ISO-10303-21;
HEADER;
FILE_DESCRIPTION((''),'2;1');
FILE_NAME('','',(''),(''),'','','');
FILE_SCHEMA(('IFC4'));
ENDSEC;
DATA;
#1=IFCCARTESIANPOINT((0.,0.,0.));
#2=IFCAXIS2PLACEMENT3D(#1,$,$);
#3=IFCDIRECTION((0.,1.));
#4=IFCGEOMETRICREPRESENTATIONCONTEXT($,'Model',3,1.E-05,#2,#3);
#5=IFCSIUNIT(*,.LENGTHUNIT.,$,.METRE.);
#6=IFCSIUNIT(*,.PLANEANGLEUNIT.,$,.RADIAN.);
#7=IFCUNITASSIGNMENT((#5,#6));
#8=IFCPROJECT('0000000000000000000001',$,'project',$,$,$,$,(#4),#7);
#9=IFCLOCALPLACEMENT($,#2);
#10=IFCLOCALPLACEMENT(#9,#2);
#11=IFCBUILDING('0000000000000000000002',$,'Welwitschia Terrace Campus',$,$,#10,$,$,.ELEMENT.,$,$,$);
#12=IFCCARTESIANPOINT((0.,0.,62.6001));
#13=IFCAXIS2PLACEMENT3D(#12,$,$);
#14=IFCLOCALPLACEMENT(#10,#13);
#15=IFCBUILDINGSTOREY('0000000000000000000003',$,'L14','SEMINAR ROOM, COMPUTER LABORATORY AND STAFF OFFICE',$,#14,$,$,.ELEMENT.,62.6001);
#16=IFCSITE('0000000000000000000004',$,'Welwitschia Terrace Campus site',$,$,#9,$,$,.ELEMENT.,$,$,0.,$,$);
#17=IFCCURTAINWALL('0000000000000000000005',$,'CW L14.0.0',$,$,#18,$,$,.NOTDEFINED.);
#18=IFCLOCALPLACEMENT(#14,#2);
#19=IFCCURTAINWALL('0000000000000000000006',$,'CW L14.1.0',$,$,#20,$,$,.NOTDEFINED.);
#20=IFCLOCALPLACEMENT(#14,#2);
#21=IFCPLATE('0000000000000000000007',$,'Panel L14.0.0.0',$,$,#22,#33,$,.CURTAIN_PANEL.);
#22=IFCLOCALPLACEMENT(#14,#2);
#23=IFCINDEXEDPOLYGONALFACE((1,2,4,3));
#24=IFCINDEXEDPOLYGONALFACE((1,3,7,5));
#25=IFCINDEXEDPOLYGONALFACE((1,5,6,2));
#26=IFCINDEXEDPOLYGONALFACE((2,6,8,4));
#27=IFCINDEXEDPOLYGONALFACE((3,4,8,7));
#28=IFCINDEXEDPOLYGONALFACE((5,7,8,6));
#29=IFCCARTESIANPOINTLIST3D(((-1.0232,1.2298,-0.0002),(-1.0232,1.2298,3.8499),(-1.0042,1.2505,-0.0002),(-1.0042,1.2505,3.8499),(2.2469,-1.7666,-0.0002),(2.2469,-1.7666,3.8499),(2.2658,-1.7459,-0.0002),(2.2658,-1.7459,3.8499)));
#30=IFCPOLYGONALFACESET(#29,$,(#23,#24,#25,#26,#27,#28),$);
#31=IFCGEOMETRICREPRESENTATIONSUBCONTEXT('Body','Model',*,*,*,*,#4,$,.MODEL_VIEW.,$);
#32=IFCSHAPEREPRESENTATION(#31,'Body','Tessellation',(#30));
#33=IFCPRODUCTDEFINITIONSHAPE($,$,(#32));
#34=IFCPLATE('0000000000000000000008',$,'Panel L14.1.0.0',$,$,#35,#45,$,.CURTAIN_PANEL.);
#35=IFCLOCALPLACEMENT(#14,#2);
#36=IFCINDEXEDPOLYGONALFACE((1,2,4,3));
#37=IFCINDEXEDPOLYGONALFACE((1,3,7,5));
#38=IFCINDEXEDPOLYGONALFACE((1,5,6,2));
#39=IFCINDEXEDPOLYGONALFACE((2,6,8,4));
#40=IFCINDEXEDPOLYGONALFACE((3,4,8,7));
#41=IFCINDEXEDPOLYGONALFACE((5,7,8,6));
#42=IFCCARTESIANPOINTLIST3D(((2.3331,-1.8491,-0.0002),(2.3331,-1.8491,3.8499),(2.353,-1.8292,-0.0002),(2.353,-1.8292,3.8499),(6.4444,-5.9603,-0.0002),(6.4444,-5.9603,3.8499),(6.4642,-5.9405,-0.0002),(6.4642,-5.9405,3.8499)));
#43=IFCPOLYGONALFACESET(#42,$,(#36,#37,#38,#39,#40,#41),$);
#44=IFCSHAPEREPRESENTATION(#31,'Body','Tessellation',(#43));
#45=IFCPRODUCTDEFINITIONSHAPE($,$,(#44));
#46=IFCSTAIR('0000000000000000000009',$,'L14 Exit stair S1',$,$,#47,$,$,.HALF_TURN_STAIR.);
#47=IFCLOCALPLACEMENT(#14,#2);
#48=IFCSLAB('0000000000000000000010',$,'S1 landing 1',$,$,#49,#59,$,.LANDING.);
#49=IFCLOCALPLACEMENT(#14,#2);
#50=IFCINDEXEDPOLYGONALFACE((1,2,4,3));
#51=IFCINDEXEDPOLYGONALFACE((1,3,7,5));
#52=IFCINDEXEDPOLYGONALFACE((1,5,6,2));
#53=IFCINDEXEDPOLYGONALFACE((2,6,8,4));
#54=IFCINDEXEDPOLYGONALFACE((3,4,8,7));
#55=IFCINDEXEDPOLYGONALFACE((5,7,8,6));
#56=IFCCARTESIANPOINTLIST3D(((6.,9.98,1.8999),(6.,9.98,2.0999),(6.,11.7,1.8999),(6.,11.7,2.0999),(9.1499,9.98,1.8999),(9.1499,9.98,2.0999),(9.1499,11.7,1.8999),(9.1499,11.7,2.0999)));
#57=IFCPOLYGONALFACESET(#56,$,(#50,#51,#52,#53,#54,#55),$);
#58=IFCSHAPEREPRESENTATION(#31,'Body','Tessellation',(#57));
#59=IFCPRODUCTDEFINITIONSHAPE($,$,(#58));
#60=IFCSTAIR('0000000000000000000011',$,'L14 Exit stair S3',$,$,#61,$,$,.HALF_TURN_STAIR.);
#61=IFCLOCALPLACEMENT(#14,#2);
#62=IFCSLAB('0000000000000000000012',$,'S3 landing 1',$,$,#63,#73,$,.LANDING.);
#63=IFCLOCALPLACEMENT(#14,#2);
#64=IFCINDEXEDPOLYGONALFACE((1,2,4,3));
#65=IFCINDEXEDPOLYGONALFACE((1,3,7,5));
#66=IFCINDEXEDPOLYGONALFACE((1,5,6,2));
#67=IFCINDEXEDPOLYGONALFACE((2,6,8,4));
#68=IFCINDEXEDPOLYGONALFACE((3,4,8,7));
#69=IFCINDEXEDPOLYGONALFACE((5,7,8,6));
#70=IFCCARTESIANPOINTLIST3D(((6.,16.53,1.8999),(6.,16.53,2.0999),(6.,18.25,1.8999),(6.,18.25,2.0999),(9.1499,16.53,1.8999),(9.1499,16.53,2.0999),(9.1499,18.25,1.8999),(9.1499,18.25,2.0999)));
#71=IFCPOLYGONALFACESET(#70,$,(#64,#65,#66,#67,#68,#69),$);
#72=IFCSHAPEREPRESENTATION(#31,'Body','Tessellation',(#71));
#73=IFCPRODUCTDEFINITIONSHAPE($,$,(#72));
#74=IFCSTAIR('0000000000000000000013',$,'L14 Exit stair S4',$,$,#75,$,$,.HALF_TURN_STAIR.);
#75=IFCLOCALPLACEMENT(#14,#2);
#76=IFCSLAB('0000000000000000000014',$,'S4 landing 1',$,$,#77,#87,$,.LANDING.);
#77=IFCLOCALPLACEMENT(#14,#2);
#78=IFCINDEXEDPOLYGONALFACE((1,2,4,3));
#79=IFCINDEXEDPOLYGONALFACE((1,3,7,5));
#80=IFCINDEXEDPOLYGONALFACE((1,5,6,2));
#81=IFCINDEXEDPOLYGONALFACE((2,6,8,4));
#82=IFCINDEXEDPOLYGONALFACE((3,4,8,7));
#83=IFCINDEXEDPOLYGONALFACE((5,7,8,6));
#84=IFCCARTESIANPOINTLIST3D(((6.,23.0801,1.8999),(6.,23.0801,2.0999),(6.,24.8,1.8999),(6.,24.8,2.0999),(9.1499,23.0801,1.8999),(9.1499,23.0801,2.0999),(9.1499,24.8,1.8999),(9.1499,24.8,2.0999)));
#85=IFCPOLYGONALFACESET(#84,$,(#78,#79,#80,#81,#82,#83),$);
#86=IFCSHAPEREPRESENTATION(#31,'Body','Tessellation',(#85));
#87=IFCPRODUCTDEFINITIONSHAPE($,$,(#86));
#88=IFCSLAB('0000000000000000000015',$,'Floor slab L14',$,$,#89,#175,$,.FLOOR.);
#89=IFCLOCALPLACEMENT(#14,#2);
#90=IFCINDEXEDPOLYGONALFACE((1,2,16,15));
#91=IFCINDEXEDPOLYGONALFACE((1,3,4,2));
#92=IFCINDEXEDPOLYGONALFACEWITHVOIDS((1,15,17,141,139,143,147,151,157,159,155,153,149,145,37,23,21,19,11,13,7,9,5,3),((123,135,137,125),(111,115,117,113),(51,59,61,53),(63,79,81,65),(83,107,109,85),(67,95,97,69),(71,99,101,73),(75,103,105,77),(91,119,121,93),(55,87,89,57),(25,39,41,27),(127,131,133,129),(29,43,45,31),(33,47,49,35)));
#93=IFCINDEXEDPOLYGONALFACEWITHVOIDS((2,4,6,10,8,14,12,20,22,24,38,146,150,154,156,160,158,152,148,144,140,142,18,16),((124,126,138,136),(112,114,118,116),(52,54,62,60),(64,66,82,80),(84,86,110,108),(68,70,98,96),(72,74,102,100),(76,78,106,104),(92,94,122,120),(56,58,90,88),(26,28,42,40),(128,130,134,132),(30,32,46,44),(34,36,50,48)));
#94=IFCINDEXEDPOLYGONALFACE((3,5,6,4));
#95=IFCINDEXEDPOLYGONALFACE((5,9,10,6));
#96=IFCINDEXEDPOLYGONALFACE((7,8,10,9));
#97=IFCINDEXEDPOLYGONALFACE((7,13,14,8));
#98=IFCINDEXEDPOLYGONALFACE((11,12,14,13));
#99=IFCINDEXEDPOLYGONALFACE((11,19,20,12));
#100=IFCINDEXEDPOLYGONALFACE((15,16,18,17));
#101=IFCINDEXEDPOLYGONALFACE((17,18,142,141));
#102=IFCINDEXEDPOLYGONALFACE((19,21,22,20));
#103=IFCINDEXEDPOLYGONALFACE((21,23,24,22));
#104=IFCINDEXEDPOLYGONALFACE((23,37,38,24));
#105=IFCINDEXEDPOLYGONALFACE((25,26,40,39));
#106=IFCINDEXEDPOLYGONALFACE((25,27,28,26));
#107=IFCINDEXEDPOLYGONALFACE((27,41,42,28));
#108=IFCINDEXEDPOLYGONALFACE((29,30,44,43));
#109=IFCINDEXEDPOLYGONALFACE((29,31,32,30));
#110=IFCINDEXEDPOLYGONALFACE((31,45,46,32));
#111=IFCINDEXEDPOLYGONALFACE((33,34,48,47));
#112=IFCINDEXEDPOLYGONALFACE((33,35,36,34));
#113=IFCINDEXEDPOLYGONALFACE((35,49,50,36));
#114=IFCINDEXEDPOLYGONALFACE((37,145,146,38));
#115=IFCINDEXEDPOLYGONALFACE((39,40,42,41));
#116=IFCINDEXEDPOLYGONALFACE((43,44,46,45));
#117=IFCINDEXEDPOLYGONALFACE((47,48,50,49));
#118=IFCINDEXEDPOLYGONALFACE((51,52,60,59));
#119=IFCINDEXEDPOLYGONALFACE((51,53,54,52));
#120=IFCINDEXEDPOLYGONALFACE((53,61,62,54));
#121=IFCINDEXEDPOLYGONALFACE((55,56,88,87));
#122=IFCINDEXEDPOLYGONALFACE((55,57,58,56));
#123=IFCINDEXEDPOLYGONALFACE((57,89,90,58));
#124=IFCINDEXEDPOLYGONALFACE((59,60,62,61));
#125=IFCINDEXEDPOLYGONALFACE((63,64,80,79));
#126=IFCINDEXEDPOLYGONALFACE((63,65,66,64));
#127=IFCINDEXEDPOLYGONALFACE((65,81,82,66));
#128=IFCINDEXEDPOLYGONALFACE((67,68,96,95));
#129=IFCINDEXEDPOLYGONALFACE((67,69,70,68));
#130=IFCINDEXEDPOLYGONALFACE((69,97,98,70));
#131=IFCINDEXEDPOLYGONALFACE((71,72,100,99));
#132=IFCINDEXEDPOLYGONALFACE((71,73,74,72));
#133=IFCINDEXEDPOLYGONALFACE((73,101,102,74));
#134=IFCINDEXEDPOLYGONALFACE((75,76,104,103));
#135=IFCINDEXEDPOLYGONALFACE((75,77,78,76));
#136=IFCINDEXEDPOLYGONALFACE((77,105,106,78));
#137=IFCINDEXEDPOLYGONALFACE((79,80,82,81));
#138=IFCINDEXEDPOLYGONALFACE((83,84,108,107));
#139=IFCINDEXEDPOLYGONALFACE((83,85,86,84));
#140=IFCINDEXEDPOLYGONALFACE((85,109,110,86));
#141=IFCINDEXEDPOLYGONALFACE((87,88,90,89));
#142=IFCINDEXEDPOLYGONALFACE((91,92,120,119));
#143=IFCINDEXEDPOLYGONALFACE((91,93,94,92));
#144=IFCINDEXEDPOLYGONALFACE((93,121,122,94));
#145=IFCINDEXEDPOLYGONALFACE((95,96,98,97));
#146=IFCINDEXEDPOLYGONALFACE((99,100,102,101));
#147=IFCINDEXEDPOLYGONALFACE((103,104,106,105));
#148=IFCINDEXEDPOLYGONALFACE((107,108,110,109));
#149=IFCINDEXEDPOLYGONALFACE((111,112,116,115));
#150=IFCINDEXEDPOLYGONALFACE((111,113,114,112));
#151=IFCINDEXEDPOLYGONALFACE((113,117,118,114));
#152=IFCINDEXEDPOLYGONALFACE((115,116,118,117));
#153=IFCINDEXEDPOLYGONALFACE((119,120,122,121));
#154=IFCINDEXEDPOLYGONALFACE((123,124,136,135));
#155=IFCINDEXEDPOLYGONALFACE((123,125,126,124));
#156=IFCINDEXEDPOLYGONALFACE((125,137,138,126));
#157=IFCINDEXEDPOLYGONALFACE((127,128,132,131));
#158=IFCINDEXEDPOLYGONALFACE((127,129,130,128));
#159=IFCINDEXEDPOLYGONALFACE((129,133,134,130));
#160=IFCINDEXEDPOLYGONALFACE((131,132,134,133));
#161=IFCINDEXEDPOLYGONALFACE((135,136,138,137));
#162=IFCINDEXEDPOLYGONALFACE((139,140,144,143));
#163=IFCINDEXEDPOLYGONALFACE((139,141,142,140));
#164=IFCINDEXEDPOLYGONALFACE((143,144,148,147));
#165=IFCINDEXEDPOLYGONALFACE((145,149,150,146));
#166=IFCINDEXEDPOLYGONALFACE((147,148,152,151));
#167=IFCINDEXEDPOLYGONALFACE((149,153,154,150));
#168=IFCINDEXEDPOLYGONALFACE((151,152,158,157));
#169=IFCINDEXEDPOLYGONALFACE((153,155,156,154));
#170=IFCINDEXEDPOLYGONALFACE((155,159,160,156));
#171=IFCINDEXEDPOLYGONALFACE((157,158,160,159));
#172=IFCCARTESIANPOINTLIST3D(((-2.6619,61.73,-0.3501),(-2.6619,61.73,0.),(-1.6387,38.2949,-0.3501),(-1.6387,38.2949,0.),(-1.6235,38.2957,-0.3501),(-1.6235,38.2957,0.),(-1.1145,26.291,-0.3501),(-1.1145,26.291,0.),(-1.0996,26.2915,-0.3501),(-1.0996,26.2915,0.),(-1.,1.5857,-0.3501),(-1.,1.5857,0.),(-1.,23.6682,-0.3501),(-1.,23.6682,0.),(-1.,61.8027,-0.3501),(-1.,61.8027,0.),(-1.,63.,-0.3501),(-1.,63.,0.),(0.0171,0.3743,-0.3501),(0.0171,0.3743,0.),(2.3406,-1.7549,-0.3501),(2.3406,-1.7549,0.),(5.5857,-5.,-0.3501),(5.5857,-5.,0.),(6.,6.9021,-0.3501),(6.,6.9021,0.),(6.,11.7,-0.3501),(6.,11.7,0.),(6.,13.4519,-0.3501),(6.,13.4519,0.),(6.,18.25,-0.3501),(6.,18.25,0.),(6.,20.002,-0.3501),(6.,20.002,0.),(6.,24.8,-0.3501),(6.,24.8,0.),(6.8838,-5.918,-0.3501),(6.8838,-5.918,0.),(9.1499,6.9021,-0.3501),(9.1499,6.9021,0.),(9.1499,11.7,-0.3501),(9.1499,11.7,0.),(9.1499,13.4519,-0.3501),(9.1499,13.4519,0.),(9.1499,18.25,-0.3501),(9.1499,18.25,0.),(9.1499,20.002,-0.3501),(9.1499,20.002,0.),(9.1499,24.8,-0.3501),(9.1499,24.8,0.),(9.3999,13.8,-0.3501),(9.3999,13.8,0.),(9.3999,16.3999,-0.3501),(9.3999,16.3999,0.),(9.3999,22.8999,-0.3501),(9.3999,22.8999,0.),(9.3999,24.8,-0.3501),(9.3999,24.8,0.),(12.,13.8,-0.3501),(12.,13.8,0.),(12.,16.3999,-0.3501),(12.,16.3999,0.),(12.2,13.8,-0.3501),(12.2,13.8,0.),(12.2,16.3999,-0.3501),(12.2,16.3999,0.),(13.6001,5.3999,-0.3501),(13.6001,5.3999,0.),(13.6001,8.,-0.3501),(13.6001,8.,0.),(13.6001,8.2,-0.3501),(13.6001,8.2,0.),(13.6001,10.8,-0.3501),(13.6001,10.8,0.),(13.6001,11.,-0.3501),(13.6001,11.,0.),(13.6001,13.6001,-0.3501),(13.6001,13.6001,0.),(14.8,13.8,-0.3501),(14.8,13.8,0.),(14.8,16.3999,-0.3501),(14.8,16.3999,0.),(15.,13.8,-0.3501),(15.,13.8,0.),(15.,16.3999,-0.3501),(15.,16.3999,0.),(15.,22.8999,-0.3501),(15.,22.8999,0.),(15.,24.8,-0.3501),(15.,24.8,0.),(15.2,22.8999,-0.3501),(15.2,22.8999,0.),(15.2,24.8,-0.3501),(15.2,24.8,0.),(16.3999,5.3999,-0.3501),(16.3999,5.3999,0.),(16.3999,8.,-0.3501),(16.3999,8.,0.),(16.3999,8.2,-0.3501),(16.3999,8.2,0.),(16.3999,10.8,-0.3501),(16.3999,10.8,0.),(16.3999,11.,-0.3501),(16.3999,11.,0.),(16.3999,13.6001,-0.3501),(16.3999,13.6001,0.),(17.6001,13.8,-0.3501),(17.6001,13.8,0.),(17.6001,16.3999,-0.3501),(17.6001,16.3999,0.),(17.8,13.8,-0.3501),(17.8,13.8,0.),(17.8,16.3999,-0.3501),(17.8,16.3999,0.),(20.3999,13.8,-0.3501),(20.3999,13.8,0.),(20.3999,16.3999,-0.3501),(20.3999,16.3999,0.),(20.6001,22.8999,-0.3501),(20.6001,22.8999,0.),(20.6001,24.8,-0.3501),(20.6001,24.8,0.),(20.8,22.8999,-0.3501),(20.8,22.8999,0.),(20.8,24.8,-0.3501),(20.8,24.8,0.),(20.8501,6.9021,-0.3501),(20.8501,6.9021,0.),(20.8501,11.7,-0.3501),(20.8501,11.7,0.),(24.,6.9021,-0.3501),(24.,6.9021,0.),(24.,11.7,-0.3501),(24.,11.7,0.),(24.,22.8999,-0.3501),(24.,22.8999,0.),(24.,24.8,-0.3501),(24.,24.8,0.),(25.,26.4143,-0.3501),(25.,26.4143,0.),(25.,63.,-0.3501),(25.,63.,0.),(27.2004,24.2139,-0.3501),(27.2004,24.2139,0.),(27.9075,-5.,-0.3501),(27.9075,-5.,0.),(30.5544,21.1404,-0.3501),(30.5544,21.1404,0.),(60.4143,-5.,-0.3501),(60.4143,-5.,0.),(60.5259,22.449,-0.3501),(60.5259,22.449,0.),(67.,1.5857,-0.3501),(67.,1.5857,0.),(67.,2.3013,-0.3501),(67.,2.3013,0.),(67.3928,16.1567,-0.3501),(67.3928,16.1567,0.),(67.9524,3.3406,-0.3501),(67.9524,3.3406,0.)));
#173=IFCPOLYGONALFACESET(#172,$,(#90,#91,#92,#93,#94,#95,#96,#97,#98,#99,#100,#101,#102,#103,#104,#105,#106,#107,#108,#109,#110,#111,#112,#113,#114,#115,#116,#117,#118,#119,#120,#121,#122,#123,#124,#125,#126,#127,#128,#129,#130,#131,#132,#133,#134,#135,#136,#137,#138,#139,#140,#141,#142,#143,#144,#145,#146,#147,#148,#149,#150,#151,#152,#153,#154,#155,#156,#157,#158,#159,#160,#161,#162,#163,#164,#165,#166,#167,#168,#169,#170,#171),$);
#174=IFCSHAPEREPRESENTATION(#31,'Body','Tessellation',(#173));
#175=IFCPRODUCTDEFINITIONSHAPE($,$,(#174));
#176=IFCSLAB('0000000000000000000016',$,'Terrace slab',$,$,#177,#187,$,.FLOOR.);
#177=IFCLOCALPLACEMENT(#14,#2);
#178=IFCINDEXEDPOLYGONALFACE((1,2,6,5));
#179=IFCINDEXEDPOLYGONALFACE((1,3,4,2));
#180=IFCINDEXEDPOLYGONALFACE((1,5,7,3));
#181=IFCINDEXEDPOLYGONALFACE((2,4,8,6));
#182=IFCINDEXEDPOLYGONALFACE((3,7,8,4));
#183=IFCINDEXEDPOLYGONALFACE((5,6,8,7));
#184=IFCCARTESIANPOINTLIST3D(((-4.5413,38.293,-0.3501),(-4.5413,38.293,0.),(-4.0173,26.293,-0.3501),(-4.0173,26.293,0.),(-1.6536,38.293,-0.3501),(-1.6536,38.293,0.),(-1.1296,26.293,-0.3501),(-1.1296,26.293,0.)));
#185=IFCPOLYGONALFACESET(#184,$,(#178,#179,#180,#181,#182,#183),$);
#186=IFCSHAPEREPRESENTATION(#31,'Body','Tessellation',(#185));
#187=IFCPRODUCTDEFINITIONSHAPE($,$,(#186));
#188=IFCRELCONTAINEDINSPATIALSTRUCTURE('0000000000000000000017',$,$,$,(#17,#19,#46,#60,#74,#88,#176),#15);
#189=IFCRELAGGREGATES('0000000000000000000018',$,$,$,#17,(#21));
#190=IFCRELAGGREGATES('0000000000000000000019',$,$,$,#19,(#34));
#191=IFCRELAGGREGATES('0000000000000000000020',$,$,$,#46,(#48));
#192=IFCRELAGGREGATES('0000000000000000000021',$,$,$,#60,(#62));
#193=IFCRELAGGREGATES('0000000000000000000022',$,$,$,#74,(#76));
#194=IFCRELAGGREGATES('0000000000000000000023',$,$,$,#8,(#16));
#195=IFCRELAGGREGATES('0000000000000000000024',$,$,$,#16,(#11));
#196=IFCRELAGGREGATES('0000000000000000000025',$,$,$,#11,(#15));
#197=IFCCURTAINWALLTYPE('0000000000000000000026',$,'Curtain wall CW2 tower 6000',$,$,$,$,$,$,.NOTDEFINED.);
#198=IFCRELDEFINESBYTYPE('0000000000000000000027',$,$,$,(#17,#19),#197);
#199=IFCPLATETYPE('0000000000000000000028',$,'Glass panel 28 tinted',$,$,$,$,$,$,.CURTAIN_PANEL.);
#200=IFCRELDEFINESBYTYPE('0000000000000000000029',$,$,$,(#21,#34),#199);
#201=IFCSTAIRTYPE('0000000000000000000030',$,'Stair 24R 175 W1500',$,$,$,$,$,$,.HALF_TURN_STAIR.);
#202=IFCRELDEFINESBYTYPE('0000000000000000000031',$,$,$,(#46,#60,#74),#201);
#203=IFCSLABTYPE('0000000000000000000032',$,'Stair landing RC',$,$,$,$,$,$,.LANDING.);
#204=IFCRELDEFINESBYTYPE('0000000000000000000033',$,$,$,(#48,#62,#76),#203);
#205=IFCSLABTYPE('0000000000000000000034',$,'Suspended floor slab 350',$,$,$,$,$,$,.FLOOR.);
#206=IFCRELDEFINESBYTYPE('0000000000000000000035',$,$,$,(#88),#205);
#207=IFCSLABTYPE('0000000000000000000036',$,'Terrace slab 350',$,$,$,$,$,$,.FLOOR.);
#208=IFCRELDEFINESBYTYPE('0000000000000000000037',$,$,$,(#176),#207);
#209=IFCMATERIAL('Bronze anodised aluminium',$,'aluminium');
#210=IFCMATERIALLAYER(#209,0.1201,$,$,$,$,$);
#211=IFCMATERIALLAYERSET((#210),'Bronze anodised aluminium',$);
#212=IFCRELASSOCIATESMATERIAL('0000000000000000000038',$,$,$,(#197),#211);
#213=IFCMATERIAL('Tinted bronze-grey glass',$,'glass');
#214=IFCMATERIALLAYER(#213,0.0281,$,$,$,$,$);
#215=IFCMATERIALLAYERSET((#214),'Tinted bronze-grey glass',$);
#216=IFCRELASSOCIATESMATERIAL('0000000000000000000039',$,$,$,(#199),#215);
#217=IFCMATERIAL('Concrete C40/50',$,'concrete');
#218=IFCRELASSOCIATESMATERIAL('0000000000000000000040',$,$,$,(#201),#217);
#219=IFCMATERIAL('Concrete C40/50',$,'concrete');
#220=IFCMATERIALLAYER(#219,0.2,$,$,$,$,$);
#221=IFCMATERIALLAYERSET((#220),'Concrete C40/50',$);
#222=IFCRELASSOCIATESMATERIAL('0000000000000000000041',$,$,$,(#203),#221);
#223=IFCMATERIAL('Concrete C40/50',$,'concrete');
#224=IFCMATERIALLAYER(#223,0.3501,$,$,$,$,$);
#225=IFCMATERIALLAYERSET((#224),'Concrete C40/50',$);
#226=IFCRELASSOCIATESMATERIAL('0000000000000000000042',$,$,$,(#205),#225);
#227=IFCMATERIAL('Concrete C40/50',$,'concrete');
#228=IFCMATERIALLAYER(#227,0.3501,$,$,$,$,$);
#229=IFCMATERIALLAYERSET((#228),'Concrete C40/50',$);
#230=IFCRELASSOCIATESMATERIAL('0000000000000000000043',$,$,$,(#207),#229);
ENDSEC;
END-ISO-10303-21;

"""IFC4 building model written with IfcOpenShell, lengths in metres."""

from ifc_helpers import new_model, si_unit, direction, frame, origin, origin_2d, place, context, subcontext, project, spatial, polyline, rectangle, outline, extrude, material, layer, layer_set, type_object, element, aggregate, save


model = new_model("IFC4")

# Units and contexts
model_context = context("Model", 3, precision=1e-05, world=origin(), true_north=direction((0.0, 1.0)))
body_context = subcontext(model_context, "Body", "Model", "MODEL_VIEW")
ifc_project = project(units=[si_unit("LENGTHUNIT", "METRE"), si_unit("PLANEANGLEUNIT", "RADIAN")], contexts=[model_context])

# Site, building, storey
site_placement = place(None, origin())
site = spatial("IfcSite", under=ifc_project, at=site_placement, Name="Welwitschia Terrace Campus site", CompositionType="ELEMENT", RefElevation=0.0)
building_placement = place(site_placement, origin())
building = spatial("IfcBuilding", under=site, at=building_placement, Name="Welwitschia Terrace Campus", CompositionType="ELEMENT")
storey_placement = place(building_placement, frame((0.0, 0.0, 62.6001)))
storey = spatial("IfcBuildingStorey", under=building, at=storey_placement, Name="L14", Description="SEMINAR ROOM, COMPUTER LABORATORY AND STAFF OFFICE", CompositionType="ELEMENT", Elevation=62.6001)

# Curtain wall
ifc_material_1 = material(Name="Bronze anodised aluminium", Category="aluminium")
ifc_layer_1 = layer(ifc_material_1, 0.1201)
ifc_layer_set_1 = layer_set([ifc_layer_1], Name="Bronze anodised aluminium")
curtain_wall_type = type_object("IfcCurtainWallType", Name="Curtain wall CW2 tower 6000", PredefinedType="NOTDEFINED", material=ifc_layer_set_1)
curtain_wall_1_placement = place(storey_placement, origin())
curtain_wall_1 = element("IfcCurtainWall", 1, at=curtain_wall_1_placement, inside=storey, type_object=curtain_wall_type, Name="CW L14.0.0", PredefinedType="NOTDEFINED")

# Curtain wall
curtain_wall_2_placement = place(storey_placement, origin())
curtain_wall_2 = element("IfcCurtainWall", 2, at=curtain_wall_2_placement, inside=storey, type_object=curtain_wall_type, Name="CW L14.1.0", PredefinedType="NOTDEFINED")

# Plates
ifc_material_2 = material(Name="Tinted bronze-grey glass", Category="glass")
ifc_layer_2 = layer(ifc_material_2, 0.0281)
ifc_layer_set_2 = layer_set([ifc_layer_2], Name="Tinted bronze-grey glass")
plate_type = type_object("IfcPlateType", Name="Glass panel 28 tinted", PredefinedType="CURTAIN_PANEL", material=ifc_layer_set_2)
plate_1_placement = place(storey_placement, frame((0.6213, -0.2581, -0.0002), z_axis=(0.0, 0.0, 1.0), x_axis=(0.737277, -0.67559, 0.0)))
plate_1 = element("IfcPlate", 3, at=plate_1_placement, type_object=plate_type, Name="Panel L14.0.0.0", PredefinedType="CURTAIN_PANEL", context=body_context, shape_type="SweptSolid", body=[
    extrude(rectangle(XDim=4.4353, YDim=0.0281, at=origin_2d()), origin(), (0.0, 0.0, 1.0), 3.8501),
])
aggregate(curtain_wall_1, [plate_1])
plate_2_placement = place(storey_placement, frame((4.3987, -3.8948, -0.0002), z_axis=(0.0, 0.0, 1.0), x_axis=(0.707107, -0.707107, 0.0)))
plate_2 = element("IfcPlate", 4, at=plate_2_placement, type_object=plate_type, Name="Panel L14.1.0.0", PredefinedType="CURTAIN_PANEL", context=body_context, shape_type="SweptSolid", body=[
    extrude(rectangle(XDim=5.8142, YDim=0.0281, at=origin_2d()), origin(), (0.0, 0.0, 1.0), 3.8501),
])
aggregate(curtain_wall_2, [plate_2])

# Stairs, slabs
ifc_material_3 = material(Name="Concrete C40/50", Category="concrete")
stair_type = type_object("IfcStairType", Name="Stair 24R 175 W1500", PredefinedType="HALF_TURN_STAIR", material=ifc_material_3)
stair_1_placement = place(storey_placement, origin())
stair_1 = element("IfcStair", 5, at=stair_1_placement, inside=storey, type_object=stair_type, Name="L14 Exit stair S1", PredefinedType="HALF_TURN_STAIR")
ifc_material_4 = material(Name="Concrete C40/50", Category="concrete")
ifc_layer_3 = layer(ifc_material_4, 0.2)
ifc_layer_set_3 = layer_set([ifc_layer_3], Name="Concrete C40/50")
slab_type_1 = type_object("IfcSlabType", Name="Stair landing RC", PredefinedType="LANDING", material=ifc_layer_set_3)
slab_1_placement = place(storey_placement, frame((0.0, 0.0, 1.8999)))
slab_1 = element("IfcSlab", 6, at=slab_1_placement, type_object=slab_type_1, Name="S1 landing 1", PredefinedType="LANDING", context=body_context, shape_type="SweptSolid", body=[
    extrude(outline(polyline([(9.1499, 9.98), (9.1499, 11.7), (6.0, 11.7), (6.0, 9.98), (9.1499, 9.98)])), origin(), (0.0, 0.0, 1.0), 0.2),
])
aggregate(stair_1, [slab_1])
stair_2_placement = place(storey_placement, origin())
stair_2 = element("IfcStair", 7, at=stair_2_placement, inside=storey, type_object=stair_type, Name="L14 Exit stair S3", PredefinedType="HALF_TURN_STAIR")
slab_2_placement = place(storey_placement, frame((0.0, 0.0, 1.8999)))
slab_2 = element("IfcSlab", 8, at=slab_2_placement, type_object=slab_type_1, Name="S3 landing 1", PredefinedType="LANDING", context=body_context, shape_type="SweptSolid", body=[
    extrude(outline(polyline([(9.1499, 16.53), (9.1499, 18.25), (6.0, 18.25), (6.0, 16.53), (9.1499, 16.53)])), origin(), (0.0, 0.0, 1.0), 0.2),
])
aggregate(stair_2, [slab_2])
stair_3_placement = place(storey_placement, origin())
stair_3 = element("IfcStair", 9, at=stair_3_placement, inside=storey, type_object=stair_type, Name="L14 Exit stair S4", PredefinedType="HALF_TURN_STAIR")
slab_3_placement = place(storey_placement, frame((0.0, 0.0, 1.8999)))
slab_3 = element("IfcSlab", 10, at=slab_3_placement, type_object=slab_type_1, Name="S4 landing 1", PredefinedType="LANDING", context=body_context, shape_type="SweptSolid", body=[
    extrude(outline(polyline([(9.1499, 23.0801), (9.1499, 24.8), (6.0, 24.8), (6.0, 23.0801), (9.1499, 23.0801)])), origin(), (0.0, 0.0, 1.0), 0.2),
])
aggregate(stair_3, [slab_3])

# Slabs
ifc_material_5 = material(Name="Concrete C40/50", Category="concrete")
ifc_layer_4 = layer(ifc_material_5, 0.3501)
ifc_layer_set_4 = layer_set([ifc_layer_4], Name="Concrete C40/50")
slab_type_2 = type_object("IfcSlabType", Name="Suspended floor slab 350", PredefinedType="FLOOR", material=ifc_layer_set_4)
slab_4_placement = place(storey_placement, frame((0.0, 0.0, -0.3501)))
element("IfcSlab", 11, at=slab_4_placement, inside=storey, type_object=slab_type_2, Name="Floor slab L14", PredefinedType="FLOOR", context=body_context, shape_type="SweptSolid", body=[
    extrude(outline(polyline([(-1.1145, 26.291), (-1.0996, 26.2915), (-1.6235, 38.2957), (-1.6387, 38.2949), (-2.6619, 61.73), (-1.0, 61.8027), (-1.0, 63.0), (25.0, 63.0), (25.0, 26.4143), (27.2004, 24.2139), (30.5544, 21.1404), (60.5259, 22.449), (67.3928, 16.1567), (67.9524, 3.3406), (67.0, 2.3013), (67.0, 1.5857), (60.4143, -5.0), (27.9075, -5.0), (6.8838, -5.918), (5.5857, -5.0), (2.3406, -1.7549), (0.0171, 0.3743), (-1.0, 1.5857), (-1.0, 23.6682), (-1.1145, 26.291)]), holes=[polyline([(13.6001, 5.3999), (16.3999, 5.3999), (16.3999, 8.0), (13.6001, 8.0), (13.6001, 5.3999)]), polyline([(6.0, 11.7), (6.0, 6.9021), (9.1499, 6.9021), (9.1499, 11.7), (6.0, 11.7)]), polyline([(9.3999, 16.3999), (9.3999, 13.8), (12.0, 13.8), (12.0, 16.3999), (9.3999, 16.3999)]), polyline([(12.2, 16.3999), (12.2, 13.8), (14.8, 13.8), (14.8, 16.3999), (12.2, 16.3999)]), polyline([(6.0, 18.25), (6.0, 13.4519), (9.1499, 13.4519), (9.1499, 18.25), (6.0, 18.25)]), polyline([(6.0, 24.8), (6.0, 20.002), (9.1499, 20.002), (9.1499, 24.8), (6.0, 24.8)]), polyline([(9.3999, 24.8), (9.3999, 22.8999), (15.0, 22.8999), (15.0, 24.8), (9.3999, 24.8)]), polyline([(20.8501, 6.9021), (24.0, 6.9021), (24.0, 11.7), (20.8501, 11.7), (20.8501, 6.9021)]), polyline([(13.6001, 10.8), (13.6001, 8.2), (16.3999, 8.2), (16.3999, 10.8), (13.6001, 10.8)]), polyline([(13.6001, 13.6001), (13.6001, 11.0), (16.3999, 11.0), (16.3999, 13.6001), (13.6001, 13.6001)]), polyline([(15.0, 16.3999), (15.0, 13.8), (17.6001, 13.8), (17.6001, 16.3999), (15.0, 16.3999)]), polyline([(17.8, 16.3999), (17.8, 13.8), (20.3999, 13.8), (20.3999, 16.3999), (17.8, 16.3999)]), polyline([(15.2, 24.8), (15.2, 22.8999), (20.6001, 22.8999), (20.6001, 24.8), (15.2, 24.8)]), polyline([(20.8, 24.8), (20.8, 22.8999), (24.0, 22.8999), (24.0, 24.8), (20.8, 24.8)])]), origin(), (0.0, 0.0, 1.0), 0.3501),
])
ifc_material_6 = material(Name="Concrete C40/50", Category="concrete")
ifc_layer_5 = layer(ifc_material_6, 0.3501)
ifc_layer_set_5 = layer_set([ifc_layer_5], Name="Concrete C40/50")
slab_type_3 = type_object("IfcSlabType", Name="Terrace slab 350", PredefinedType="FLOOR", material=ifc_layer_set_5)
slab_5_placement = place(storey_placement, frame((0.0, 0.0, -0.3501)))
element("IfcSlab", 12, at=slab_5_placement, inside=storey, type_object=slab_type_3, Name="Terrace slab", PredefinedType="FLOOR", context=body_context, shape_type="SweptSolid", body=[
    extrude(outline(polyline([(-4.0173, 26.293), (-4.5413, 38.293), (-1.6536, 38.293), (-1.1296, 26.293), (-4.0173, 26.293)])), origin(), (0.0, 0.0, 1.0), 0.3501),
])

save(model, "model.ifc")
